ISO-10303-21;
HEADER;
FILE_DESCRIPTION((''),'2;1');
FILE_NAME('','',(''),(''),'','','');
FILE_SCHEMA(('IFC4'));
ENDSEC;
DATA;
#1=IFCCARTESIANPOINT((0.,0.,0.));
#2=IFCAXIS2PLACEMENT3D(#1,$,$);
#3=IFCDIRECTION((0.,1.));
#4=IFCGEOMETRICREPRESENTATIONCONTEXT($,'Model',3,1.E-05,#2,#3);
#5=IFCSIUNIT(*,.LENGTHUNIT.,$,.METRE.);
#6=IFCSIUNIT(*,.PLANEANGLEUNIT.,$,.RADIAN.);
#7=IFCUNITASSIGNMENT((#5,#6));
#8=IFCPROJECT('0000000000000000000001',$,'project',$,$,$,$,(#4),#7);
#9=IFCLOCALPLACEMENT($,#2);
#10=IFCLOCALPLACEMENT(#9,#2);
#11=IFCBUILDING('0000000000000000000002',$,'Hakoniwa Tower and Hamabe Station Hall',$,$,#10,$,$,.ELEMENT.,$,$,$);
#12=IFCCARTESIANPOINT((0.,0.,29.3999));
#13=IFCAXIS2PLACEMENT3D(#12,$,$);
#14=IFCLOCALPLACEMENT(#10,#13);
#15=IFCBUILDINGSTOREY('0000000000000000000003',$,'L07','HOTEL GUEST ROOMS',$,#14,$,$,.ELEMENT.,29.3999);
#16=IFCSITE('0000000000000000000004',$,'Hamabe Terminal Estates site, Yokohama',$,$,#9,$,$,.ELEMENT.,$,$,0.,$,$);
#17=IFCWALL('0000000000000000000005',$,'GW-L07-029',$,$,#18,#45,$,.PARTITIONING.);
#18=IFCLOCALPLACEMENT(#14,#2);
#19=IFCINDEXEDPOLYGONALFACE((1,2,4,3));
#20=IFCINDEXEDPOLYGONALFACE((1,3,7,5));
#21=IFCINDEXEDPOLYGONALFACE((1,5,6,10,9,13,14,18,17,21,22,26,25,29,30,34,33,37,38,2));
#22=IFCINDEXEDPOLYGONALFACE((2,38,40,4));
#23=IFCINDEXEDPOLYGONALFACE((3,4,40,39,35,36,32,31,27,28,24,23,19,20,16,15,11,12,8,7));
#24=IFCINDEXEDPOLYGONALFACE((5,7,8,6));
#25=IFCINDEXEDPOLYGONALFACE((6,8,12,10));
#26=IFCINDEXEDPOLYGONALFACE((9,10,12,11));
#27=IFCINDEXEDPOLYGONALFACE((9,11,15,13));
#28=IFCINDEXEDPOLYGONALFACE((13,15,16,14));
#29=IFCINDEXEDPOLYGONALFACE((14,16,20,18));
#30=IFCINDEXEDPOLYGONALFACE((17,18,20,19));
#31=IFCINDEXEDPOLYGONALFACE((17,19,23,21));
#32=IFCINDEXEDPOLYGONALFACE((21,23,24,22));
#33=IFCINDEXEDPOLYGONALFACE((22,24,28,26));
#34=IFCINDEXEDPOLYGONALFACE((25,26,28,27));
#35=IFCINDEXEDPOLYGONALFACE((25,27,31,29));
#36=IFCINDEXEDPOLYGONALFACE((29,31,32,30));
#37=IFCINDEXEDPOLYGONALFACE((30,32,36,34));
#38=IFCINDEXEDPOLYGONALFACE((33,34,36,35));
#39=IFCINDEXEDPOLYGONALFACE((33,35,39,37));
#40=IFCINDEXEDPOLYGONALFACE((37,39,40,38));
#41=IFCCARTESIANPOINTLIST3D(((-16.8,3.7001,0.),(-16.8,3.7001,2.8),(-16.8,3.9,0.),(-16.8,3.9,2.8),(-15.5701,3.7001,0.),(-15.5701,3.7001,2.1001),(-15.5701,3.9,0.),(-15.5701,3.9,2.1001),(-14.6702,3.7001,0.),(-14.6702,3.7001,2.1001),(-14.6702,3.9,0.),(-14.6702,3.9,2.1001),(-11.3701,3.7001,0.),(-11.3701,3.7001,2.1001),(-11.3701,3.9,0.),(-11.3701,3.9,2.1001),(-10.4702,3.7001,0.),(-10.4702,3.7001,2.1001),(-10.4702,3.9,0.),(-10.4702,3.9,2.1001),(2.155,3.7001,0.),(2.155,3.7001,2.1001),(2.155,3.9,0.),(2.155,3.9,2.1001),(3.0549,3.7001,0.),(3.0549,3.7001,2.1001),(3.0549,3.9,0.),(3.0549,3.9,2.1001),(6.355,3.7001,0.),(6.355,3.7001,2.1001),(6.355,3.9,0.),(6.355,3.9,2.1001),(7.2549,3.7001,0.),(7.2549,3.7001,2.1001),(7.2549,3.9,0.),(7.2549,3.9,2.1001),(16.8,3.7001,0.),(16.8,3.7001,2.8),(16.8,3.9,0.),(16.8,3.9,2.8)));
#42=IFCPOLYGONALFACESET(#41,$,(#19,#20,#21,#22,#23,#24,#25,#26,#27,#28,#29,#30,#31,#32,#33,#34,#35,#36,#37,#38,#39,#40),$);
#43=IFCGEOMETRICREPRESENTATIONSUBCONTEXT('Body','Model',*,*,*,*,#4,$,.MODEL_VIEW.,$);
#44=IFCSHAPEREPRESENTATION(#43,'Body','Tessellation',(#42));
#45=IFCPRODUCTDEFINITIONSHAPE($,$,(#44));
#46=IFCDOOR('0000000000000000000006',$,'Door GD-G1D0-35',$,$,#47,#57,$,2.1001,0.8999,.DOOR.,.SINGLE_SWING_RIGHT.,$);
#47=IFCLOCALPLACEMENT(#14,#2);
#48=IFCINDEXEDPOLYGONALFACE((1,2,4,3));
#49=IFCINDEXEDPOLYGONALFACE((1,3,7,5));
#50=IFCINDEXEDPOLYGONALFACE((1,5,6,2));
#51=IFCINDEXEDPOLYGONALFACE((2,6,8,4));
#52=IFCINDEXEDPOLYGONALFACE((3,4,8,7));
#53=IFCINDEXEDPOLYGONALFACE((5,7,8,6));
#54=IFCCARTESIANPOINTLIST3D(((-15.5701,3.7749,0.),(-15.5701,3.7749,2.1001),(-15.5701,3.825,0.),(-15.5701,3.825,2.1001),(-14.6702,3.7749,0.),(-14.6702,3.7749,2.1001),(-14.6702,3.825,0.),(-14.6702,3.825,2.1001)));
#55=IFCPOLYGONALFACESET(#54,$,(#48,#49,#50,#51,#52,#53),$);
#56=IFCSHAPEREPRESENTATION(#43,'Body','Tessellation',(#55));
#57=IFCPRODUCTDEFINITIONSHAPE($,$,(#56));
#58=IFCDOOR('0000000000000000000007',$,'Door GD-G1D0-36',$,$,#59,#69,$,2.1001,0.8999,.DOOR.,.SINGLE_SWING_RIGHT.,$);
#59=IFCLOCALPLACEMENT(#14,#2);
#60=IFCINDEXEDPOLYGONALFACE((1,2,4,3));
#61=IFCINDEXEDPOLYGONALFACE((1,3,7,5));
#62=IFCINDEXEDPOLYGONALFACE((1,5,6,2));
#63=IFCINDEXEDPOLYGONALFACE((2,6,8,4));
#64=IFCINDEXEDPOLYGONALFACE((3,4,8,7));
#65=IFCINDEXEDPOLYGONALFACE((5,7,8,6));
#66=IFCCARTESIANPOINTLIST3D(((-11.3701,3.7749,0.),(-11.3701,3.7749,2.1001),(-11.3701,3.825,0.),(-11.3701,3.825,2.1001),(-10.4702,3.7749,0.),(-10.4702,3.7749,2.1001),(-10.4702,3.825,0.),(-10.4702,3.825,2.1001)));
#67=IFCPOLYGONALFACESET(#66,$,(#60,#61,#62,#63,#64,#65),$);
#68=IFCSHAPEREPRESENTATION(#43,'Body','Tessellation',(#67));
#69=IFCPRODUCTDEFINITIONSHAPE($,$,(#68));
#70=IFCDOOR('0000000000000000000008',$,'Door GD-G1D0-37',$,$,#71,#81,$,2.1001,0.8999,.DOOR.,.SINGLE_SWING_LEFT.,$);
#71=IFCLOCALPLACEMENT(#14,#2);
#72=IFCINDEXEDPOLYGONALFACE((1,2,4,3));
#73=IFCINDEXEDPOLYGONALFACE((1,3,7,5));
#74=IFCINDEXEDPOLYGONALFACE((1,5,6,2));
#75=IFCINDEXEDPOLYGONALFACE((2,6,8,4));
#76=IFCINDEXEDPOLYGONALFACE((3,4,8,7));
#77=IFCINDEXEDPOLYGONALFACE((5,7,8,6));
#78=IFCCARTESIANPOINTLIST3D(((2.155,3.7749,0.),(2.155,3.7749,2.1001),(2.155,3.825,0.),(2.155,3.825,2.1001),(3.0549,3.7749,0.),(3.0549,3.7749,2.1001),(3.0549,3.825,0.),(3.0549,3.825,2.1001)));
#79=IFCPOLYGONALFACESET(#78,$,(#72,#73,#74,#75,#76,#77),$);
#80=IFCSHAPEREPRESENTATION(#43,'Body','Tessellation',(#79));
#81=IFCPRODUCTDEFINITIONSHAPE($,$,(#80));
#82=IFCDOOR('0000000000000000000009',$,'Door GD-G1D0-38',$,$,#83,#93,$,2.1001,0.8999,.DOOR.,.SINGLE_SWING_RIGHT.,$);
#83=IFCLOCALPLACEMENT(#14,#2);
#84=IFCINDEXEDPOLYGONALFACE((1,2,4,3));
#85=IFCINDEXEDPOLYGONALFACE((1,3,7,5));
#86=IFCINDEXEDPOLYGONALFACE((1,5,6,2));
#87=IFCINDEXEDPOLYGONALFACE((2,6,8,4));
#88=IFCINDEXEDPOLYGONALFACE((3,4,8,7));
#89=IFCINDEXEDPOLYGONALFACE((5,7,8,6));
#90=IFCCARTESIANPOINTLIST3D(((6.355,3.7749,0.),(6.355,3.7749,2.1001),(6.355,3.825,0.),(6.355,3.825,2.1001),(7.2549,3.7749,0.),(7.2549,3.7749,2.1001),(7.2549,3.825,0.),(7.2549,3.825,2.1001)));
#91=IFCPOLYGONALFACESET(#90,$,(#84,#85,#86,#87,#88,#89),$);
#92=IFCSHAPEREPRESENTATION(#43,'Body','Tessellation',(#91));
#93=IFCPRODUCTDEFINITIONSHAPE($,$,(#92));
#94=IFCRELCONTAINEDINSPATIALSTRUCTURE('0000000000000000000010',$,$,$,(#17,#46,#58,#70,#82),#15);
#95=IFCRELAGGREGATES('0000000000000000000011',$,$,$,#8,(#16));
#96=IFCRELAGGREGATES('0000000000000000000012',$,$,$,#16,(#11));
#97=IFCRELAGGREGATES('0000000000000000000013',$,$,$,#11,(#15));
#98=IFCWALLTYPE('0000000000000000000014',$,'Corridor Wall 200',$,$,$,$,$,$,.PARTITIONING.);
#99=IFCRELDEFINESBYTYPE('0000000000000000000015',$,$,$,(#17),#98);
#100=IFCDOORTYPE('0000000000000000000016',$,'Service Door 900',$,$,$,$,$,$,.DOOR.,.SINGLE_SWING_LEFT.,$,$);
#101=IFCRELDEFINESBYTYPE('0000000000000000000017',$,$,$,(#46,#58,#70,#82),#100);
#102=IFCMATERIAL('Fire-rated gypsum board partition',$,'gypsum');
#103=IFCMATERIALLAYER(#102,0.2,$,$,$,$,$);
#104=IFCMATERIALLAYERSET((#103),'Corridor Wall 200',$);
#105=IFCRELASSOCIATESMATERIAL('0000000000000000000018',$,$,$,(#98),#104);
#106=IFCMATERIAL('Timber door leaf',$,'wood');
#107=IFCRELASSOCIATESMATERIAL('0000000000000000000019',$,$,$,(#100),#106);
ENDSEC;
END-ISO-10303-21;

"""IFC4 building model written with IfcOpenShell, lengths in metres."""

from ifc_helpers import new_model, si_unit, direction, frame, frame_2d, origin, place, context, subcontext, project, spatial, rectangle, extrude, material, layer, layer_set, type_object, element, fill, save


model = new_model("IFC4")

# Units and contexts
model_context = context("Model", 3, precision=1e-05, world=origin(), true_north=direction((0.0, 1.0)))
body_context = subcontext(model_context, "Body", "Model", "MODEL_VIEW")
ifc_project = project(units=[si_unit("LENGTHUNIT", "METRE"), si_unit("PLANEANGLEUNIT", "RADIAN")], contexts=[model_context])

# Site, building, storey
site_placement = place(None, origin())
site = spatial("IfcSite", under=ifc_project, at=site_placement, Name="Hamabe Terminal Estates site, Yokohama", CompositionType="ELEMENT", RefElevation=0.0)
building_placement = place(site_placement, origin())
building = spatial("IfcBuilding", under=site, at=building_placement, Name="Hakoniwa Tower and Hamabe Station Hall", CompositionType="ELEMENT")
storey_placement = place(building_placement, frame((0.0, 0.0, 29.3999)))
storey = spatial("IfcBuildingStorey", under=building, at=storey_placement, Name="L07", Description="HOTEL GUEST ROOMS", CompositionType="ELEMENT", Elevation=29.3999)

# Wall, openings, doors
ifc_material_1 = material(Name="Fire-rated gypsum board partition", Category="gypsum")
ifc_layer_1 = layer(ifc_material_1, 0.2)
ifc_layer_set_1 = layer_set([ifc_layer_1], Name="Corridor Wall 200")
wall_type_1 = type_object("IfcWallType", Name="Corridor Wall 200", PredefinedType="PARTITIONING", material=ifc_layer_set_1)
wall_1_placement = place(storey_placement, frame((-16.8, 3.8, 0.0), z_axis=(0.0, 0.0, 1.0), x_axis=(1.0, 0.0, 0.0)))
wall_1 = element("IfcWall", 1, at=wall_1_placement, inside=storey, type_object=wall_type_1, Name="GW-L07-029", PredefinedType="PARTITIONING", context=body_context, shape_type="SweptSolid", body=[
    extrude(rectangle(XDim=33.6001, YDim=0.2, at=frame_2d((16.8, 0.0))), origin(), (0.0, 0.0, 1.0), 2.8),
])
opening_1_placement = place(wall_1_placement, frame((1.23, 0.0, 0.0)))
opening_1 = element("IfcOpeningElement", 2, at=opening_1_placement, cuts=wall_1, PredefinedType="OPENING", context=body_context, shape_type="SweptSolid", body=[
    extrude(rectangle(XDim=0.8999, YDim=2.1001, at=frame_2d((0.45, 1.05))), frame((0.0, 0.1099, 0.0), z_axis=(0.0, -1.0, 0.0), x_axis=(1.0, 0.0, 0.0)), (0.0, 0.0, 1.0), 0.22),
])
opening_2_placement = place(wall_1_placement, frame((5.4299, 0.0, 0.0)))
opening_2 = element("IfcOpeningElement", 3, at=opening_2_placement, cuts=wall_1, PredefinedType="OPENING", context=body_context, shape_type="SweptSolid", body=[
    extrude(rectangle(XDim=0.8999, YDim=2.1001, at=frame_2d((0.45, 1.05))), frame((0.0, 0.1099, 0.0), z_axis=(0.0, -1.0, 0.0), x_axis=(1.0, 0.0, 0.0)), (0.0, 0.0, 1.0), 0.22),
])
opening_3_placement = place(wall_1_placement, frame((18.9551, 0.0, 0.0)))
opening_3 = element("IfcOpeningElement", 4, at=opening_3_placement, cuts=wall_1, PredefinedType="OPENING", context=body_context, shape_type="SweptSolid", body=[
    extrude(rectangle(XDim=0.8999, YDim=2.1001, at=frame_2d((0.45, 1.05))), frame((0.0, 0.1099, 0.0), z_axis=(0.0, -1.0, 0.0), x_axis=(1.0, 0.0, 0.0)), (0.0, 0.0, 1.0), 0.22),
])
opening_4_placement = place(wall_1_placement, frame((23.155, 0.0, 0.0)))
opening_4 = element("IfcOpeningElement", 5, at=opening_4_placement, cuts=wall_1, PredefinedType="OPENING", context=body_context, shape_type="SweptSolid", body=[
    extrude(rectangle(XDim=0.8999, YDim=2.1001, at=frame_2d((0.45, 1.05))), frame((0.0, 0.1099, 0.0), z_axis=(0.0, -1.0, 0.0), x_axis=(1.0, 0.0, 0.0)), (0.0, 0.0, 1.0), 0.22),
])
ifc_material_2 = material(Name="Timber door leaf", Category="wood")
door_type_1 = type_object("IfcDoorType", Name="Service Door 900", OperationType="SINGLE_SWING_LEFT", PredefinedType="DOOR", material=ifc_material_2)
door_1_placement = place(opening_1_placement, origin())
door_1 = element("IfcDoor", 6, at=door_1_placement, inside=storey, type_object=door_type_1, Name="Door GD-G1D0-35", OperationType="SINGLE_SWING_RIGHT", OverallHeight=2.1001, OverallWidth=0.8999, PredefinedType="DOOR", context=body_context, shape_type="SweptSolid", body=[
    extrude(rectangle(XDim=0.8999, YDim=2.1001, at=frame_2d((0.45, 1.05))), frame((0.0, 0.0249, 0.0), z_axis=(0.0, -1.0, 0.0), x_axis=(1.0, 0.0, 0.0)), (0.0, 0.0, 1.0), 0.05),
])
fill(opening_1, door_1)
door_2_placement = place(opening_2_placement, origin())
door_2 = element("IfcDoor", 7, at=door_2_placement, inside=storey, type_object=door_type_1, Name="Door GD-G1D0-36", OperationType="SINGLE_SWING_RIGHT", OverallHeight=2.1001, OverallWidth=0.8999, PredefinedType="DOOR", context=body_context, shape_type="SweptSolid", body=[
    extrude(rectangle(XDim=0.8999, YDim=2.1001, at=frame_2d((0.45, 1.05))), frame((0.0, 0.0249, 0.0), z_axis=(0.0, -1.0, 0.0), x_axis=(1.0, 0.0, 0.0)), (0.0, 0.0, 1.0), 0.05),
])
fill(opening_2, door_2)
door_3_placement = place(opening_3_placement, origin())
door_3 = element("IfcDoor", 8, at=door_3_placement, inside=storey, type_object=door_type_1, Name="Door GD-G1D0-37", OperationType="SINGLE_SWING_LEFT", OverallHeight=2.1001, OverallWidth=0.8999, PredefinedType="DOOR", context=body_context, shape_type="SweptSolid", body=[
    extrude(rectangle(XDim=0.8999, YDim=2.1001, at=frame_2d((0.45, 1.05))), frame((0.0, 0.0249, 0.0), z_axis=(0.0, -1.0, 0.0), x_axis=(1.0, 0.0, 0.0)), (0.0, 0.0, 1.0), 0.05),
])
fill(opening_3, door_3)
door_4_placement = place(opening_4_placement, origin())
door_4 = element("IfcDoor", 9, at=door_4_placement, inside=storey, type_object=door_type_1, Name="Door GD-G1D0-38", OperationType="SINGLE_SWING_RIGHT", OverallHeight=2.1001, OverallWidth=0.8999, PredefinedType="DOOR", context=body_context, shape_type="SweptSolid", body=[
    extrude(rectangle(XDim=0.8999, YDim=2.1001, at=frame_2d((0.45, 1.05))), frame((0.0, 0.0249, 0.0), z_axis=(0.0, -1.0, 0.0), x_axis=(1.0, 0.0, 0.0)), (0.0, 0.0, 1.0), 0.05),
])
fill(opening_4, door_4)

save(model, "model.ifc")
